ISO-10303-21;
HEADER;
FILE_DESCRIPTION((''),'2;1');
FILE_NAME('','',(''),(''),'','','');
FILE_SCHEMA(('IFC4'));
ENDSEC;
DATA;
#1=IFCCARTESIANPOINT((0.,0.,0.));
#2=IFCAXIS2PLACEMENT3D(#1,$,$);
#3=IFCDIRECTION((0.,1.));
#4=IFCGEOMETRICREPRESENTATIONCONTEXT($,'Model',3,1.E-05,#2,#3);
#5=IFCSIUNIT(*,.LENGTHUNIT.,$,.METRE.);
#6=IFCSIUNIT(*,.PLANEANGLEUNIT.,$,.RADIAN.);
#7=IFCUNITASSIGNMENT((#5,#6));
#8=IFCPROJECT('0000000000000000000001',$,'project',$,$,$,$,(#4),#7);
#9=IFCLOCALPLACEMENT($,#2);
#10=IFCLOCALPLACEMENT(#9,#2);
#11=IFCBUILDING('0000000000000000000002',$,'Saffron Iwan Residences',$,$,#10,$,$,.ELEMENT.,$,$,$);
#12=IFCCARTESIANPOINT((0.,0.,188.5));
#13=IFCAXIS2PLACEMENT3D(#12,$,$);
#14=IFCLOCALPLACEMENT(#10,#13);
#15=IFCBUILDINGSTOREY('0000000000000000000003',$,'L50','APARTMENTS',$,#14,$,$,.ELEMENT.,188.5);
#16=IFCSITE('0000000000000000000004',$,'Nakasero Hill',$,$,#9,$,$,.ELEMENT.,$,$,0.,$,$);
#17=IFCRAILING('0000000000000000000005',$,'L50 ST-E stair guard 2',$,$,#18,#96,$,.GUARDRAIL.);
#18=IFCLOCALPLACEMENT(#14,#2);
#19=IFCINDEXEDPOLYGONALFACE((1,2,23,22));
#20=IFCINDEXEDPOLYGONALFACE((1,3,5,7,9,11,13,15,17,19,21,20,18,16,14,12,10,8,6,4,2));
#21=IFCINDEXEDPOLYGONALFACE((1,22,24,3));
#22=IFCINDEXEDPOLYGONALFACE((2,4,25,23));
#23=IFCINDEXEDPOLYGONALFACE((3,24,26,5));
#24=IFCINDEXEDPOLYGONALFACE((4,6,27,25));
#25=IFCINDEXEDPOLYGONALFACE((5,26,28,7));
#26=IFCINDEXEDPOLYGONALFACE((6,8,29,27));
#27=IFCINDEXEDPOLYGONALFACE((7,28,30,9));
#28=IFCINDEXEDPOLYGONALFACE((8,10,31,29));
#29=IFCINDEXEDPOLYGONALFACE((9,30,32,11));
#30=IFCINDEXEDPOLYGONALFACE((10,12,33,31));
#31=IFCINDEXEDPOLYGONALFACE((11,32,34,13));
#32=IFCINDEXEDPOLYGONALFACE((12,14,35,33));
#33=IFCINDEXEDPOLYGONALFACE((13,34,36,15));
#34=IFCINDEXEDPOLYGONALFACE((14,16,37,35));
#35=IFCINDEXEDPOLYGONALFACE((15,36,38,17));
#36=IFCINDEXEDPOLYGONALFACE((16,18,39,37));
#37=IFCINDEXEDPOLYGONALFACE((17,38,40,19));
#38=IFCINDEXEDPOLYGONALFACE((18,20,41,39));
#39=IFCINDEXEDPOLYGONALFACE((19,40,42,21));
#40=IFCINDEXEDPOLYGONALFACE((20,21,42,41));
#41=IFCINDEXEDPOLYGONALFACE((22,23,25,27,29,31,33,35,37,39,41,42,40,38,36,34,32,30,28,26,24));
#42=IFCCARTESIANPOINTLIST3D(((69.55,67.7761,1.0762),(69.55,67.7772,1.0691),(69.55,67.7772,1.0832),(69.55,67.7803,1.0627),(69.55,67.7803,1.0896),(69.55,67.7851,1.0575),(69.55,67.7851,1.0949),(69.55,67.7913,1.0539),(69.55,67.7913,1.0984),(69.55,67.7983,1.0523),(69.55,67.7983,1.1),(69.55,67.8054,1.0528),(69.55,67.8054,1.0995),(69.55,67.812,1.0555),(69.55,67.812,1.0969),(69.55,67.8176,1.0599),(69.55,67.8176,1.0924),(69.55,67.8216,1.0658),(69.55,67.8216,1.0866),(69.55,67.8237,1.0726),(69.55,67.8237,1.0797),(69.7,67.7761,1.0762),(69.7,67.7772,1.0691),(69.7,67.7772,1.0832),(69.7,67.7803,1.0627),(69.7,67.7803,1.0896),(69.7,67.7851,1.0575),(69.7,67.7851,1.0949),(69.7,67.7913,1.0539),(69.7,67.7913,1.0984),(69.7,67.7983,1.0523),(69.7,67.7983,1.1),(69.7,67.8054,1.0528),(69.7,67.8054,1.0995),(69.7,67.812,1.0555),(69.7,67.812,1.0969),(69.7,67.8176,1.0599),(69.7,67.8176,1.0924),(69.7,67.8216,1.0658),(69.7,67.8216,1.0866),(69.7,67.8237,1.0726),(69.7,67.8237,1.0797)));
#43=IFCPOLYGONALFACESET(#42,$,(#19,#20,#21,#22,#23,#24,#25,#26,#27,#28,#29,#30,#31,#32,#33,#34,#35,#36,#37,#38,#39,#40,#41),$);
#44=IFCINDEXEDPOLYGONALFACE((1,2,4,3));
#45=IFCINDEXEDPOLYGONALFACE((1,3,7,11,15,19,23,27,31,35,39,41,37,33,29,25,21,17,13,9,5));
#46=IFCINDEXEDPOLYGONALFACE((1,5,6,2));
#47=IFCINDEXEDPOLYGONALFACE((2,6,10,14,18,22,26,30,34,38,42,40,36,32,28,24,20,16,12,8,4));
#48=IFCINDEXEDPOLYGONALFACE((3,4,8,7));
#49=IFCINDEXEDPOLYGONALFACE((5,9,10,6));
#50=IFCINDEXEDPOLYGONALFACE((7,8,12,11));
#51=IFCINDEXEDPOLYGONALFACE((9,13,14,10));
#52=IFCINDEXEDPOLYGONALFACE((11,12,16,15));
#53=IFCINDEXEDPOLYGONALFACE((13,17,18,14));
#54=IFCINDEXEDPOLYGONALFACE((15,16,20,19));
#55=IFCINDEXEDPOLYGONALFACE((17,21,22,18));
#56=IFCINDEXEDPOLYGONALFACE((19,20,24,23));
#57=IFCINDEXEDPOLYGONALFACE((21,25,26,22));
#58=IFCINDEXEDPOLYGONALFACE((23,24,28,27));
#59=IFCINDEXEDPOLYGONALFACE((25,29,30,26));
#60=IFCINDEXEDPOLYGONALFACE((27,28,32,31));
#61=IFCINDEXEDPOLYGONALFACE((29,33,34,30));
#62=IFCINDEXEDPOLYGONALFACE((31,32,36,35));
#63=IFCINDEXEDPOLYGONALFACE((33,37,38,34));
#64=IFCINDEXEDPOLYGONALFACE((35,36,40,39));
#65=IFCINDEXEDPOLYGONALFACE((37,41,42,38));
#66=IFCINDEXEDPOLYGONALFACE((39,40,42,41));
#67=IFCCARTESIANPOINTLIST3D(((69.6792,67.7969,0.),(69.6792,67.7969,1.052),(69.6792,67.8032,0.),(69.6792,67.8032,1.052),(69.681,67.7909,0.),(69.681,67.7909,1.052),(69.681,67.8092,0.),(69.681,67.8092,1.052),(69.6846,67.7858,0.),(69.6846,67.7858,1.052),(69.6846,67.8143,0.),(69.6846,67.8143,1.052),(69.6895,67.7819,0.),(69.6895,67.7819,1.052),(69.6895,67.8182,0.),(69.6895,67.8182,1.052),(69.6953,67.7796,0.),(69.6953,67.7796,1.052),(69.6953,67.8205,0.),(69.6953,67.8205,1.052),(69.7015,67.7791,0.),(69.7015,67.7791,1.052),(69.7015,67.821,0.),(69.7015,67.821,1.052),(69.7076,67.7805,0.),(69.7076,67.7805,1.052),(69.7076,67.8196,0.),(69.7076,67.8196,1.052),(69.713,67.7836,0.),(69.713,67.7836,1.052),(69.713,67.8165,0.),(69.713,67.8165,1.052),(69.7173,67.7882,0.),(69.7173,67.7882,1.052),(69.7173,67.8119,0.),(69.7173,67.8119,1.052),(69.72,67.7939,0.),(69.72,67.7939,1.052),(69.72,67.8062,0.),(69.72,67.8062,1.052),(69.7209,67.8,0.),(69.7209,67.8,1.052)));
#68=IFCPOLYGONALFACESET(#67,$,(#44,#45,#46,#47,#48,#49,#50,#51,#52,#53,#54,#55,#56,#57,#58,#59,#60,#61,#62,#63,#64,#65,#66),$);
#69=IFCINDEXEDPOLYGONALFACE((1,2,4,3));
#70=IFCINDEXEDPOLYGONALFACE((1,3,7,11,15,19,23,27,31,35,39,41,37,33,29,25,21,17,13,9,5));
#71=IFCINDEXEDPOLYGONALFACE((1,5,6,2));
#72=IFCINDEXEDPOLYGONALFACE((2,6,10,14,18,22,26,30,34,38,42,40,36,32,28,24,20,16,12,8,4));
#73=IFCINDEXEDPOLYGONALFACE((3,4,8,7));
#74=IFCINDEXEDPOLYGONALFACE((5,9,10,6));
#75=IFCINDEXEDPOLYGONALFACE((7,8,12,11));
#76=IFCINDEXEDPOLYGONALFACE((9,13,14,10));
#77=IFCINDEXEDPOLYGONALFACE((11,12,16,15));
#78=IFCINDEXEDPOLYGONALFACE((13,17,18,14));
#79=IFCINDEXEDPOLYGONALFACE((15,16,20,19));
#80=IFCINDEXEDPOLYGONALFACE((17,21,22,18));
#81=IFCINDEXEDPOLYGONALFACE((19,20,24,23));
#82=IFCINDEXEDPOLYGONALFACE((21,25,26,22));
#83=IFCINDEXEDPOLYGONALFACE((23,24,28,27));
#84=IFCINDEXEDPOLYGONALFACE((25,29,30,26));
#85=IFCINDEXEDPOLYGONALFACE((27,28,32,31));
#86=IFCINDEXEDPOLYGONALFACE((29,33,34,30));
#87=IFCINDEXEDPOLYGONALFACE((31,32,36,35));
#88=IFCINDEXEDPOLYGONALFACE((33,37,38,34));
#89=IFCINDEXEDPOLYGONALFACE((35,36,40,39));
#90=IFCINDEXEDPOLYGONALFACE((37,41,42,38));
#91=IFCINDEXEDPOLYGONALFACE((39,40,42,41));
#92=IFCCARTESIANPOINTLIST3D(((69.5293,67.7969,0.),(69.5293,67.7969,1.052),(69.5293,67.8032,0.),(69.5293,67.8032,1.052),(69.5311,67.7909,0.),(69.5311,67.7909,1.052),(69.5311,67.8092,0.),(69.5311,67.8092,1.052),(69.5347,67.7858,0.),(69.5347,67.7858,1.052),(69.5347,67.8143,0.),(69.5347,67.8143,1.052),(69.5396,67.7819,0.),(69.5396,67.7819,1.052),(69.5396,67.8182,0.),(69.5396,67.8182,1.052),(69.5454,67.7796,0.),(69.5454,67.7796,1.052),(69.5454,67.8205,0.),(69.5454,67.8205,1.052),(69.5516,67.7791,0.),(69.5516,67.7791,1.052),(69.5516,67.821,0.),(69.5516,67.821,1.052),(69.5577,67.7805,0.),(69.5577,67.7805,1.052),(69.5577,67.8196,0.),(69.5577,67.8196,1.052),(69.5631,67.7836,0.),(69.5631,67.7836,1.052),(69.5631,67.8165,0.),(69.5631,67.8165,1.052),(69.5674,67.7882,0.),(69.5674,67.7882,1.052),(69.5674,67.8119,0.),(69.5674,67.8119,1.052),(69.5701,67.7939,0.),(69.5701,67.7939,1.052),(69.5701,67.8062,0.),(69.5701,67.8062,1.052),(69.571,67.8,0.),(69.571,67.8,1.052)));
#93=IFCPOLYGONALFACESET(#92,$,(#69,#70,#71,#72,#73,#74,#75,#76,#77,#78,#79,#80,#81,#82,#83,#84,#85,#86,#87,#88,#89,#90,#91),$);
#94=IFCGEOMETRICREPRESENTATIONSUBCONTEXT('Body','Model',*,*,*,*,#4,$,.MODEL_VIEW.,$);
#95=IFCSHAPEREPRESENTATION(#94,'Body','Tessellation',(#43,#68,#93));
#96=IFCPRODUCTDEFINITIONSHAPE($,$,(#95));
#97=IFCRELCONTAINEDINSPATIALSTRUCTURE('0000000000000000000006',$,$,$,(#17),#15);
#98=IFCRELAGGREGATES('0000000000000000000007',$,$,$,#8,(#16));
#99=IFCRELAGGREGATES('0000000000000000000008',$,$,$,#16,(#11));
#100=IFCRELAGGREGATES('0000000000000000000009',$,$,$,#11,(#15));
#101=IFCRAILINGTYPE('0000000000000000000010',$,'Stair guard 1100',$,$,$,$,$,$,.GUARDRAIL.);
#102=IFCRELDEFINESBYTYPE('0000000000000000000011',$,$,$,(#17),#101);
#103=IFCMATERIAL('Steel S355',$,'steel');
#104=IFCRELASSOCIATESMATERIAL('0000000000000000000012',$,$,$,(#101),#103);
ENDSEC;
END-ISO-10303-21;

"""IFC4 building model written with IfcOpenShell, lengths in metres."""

from ifc_helpers import new_model, si_unit, direction, frame, origin, origin_2d, place, context, subcontext, project, spatial, circle, extrude, material, type_object, element, save


model = new_model("IFC4")

# Units and contexts
model_context = context("Model", 3, precision=1e-05, world=origin(), true_north=direction((0.0, 1.0)))
body_context = subcontext(model_context, "Body", "Model", "MODEL_VIEW")
ifc_project = project(units=[si_unit("LENGTHUNIT", "METRE"), si_unit("PLANEANGLEUNIT", "RADIAN")], contexts=[model_context])

# Site, building, storey
site_placement = place(None, origin())
site = spatial("IfcSite", under=ifc_project, at=site_placement, Name="Nakasero Hill", CompositionType="ELEMENT", RefElevation=0.0)
building_placement = place(site_placement, origin())
building = spatial("IfcBuilding", under=site, at=building_placement, Name="Saffron Iwan Residences", CompositionType="ELEMENT")
storey_placement = place(building_placement, frame((0.0, 0.0, 188.5)))
storey = spatial("IfcBuildingStorey", under=building, at=storey_placement, Name="L50", Description="APARTMENTS", CompositionType="ELEMENT", Elevation=188.5)

# Railing
ifc_material_1 = material(Name="Steel S355", Category="steel")
railing_type_1 = type_object("IfcRailingType", Name="Stair guard 1100", PredefinedType="GUARDRAIL", material=ifc_material_1)
railing_1_placement = place(storey_placement, frame((69.7, 67.8, 0.0)))
element("IfcRailing", 1, at=railing_1_placement, inside=storey, type_object=railing_type_1, Name="L50 ST-E stair guard 2", PredefinedType="GUARDRAIL", context=body_context, shape_type="SweptSolid", body=[
    extrude(circle(Radius=0.0239, at=origin_2d()), frame((0.0, 0.0, 1.0762), z_axis=(-1.0, 0.0, 0.0), x_axis=(0.0, -1.0, 0.0)), (0.0, 0.0, 1.0), 0.1499),
    extrude(circle(Radius=0.021, at=origin_2d()), origin(), (0.0, 0.0, 1.0), 1.052),
    extrude(circle(Radius=0.021, at=origin_2d()), frame((-0.1499, 0.0, 0.0)), (0.0, 0.0, 1.0), 1.052),
])

save(model, "model.ifc")
